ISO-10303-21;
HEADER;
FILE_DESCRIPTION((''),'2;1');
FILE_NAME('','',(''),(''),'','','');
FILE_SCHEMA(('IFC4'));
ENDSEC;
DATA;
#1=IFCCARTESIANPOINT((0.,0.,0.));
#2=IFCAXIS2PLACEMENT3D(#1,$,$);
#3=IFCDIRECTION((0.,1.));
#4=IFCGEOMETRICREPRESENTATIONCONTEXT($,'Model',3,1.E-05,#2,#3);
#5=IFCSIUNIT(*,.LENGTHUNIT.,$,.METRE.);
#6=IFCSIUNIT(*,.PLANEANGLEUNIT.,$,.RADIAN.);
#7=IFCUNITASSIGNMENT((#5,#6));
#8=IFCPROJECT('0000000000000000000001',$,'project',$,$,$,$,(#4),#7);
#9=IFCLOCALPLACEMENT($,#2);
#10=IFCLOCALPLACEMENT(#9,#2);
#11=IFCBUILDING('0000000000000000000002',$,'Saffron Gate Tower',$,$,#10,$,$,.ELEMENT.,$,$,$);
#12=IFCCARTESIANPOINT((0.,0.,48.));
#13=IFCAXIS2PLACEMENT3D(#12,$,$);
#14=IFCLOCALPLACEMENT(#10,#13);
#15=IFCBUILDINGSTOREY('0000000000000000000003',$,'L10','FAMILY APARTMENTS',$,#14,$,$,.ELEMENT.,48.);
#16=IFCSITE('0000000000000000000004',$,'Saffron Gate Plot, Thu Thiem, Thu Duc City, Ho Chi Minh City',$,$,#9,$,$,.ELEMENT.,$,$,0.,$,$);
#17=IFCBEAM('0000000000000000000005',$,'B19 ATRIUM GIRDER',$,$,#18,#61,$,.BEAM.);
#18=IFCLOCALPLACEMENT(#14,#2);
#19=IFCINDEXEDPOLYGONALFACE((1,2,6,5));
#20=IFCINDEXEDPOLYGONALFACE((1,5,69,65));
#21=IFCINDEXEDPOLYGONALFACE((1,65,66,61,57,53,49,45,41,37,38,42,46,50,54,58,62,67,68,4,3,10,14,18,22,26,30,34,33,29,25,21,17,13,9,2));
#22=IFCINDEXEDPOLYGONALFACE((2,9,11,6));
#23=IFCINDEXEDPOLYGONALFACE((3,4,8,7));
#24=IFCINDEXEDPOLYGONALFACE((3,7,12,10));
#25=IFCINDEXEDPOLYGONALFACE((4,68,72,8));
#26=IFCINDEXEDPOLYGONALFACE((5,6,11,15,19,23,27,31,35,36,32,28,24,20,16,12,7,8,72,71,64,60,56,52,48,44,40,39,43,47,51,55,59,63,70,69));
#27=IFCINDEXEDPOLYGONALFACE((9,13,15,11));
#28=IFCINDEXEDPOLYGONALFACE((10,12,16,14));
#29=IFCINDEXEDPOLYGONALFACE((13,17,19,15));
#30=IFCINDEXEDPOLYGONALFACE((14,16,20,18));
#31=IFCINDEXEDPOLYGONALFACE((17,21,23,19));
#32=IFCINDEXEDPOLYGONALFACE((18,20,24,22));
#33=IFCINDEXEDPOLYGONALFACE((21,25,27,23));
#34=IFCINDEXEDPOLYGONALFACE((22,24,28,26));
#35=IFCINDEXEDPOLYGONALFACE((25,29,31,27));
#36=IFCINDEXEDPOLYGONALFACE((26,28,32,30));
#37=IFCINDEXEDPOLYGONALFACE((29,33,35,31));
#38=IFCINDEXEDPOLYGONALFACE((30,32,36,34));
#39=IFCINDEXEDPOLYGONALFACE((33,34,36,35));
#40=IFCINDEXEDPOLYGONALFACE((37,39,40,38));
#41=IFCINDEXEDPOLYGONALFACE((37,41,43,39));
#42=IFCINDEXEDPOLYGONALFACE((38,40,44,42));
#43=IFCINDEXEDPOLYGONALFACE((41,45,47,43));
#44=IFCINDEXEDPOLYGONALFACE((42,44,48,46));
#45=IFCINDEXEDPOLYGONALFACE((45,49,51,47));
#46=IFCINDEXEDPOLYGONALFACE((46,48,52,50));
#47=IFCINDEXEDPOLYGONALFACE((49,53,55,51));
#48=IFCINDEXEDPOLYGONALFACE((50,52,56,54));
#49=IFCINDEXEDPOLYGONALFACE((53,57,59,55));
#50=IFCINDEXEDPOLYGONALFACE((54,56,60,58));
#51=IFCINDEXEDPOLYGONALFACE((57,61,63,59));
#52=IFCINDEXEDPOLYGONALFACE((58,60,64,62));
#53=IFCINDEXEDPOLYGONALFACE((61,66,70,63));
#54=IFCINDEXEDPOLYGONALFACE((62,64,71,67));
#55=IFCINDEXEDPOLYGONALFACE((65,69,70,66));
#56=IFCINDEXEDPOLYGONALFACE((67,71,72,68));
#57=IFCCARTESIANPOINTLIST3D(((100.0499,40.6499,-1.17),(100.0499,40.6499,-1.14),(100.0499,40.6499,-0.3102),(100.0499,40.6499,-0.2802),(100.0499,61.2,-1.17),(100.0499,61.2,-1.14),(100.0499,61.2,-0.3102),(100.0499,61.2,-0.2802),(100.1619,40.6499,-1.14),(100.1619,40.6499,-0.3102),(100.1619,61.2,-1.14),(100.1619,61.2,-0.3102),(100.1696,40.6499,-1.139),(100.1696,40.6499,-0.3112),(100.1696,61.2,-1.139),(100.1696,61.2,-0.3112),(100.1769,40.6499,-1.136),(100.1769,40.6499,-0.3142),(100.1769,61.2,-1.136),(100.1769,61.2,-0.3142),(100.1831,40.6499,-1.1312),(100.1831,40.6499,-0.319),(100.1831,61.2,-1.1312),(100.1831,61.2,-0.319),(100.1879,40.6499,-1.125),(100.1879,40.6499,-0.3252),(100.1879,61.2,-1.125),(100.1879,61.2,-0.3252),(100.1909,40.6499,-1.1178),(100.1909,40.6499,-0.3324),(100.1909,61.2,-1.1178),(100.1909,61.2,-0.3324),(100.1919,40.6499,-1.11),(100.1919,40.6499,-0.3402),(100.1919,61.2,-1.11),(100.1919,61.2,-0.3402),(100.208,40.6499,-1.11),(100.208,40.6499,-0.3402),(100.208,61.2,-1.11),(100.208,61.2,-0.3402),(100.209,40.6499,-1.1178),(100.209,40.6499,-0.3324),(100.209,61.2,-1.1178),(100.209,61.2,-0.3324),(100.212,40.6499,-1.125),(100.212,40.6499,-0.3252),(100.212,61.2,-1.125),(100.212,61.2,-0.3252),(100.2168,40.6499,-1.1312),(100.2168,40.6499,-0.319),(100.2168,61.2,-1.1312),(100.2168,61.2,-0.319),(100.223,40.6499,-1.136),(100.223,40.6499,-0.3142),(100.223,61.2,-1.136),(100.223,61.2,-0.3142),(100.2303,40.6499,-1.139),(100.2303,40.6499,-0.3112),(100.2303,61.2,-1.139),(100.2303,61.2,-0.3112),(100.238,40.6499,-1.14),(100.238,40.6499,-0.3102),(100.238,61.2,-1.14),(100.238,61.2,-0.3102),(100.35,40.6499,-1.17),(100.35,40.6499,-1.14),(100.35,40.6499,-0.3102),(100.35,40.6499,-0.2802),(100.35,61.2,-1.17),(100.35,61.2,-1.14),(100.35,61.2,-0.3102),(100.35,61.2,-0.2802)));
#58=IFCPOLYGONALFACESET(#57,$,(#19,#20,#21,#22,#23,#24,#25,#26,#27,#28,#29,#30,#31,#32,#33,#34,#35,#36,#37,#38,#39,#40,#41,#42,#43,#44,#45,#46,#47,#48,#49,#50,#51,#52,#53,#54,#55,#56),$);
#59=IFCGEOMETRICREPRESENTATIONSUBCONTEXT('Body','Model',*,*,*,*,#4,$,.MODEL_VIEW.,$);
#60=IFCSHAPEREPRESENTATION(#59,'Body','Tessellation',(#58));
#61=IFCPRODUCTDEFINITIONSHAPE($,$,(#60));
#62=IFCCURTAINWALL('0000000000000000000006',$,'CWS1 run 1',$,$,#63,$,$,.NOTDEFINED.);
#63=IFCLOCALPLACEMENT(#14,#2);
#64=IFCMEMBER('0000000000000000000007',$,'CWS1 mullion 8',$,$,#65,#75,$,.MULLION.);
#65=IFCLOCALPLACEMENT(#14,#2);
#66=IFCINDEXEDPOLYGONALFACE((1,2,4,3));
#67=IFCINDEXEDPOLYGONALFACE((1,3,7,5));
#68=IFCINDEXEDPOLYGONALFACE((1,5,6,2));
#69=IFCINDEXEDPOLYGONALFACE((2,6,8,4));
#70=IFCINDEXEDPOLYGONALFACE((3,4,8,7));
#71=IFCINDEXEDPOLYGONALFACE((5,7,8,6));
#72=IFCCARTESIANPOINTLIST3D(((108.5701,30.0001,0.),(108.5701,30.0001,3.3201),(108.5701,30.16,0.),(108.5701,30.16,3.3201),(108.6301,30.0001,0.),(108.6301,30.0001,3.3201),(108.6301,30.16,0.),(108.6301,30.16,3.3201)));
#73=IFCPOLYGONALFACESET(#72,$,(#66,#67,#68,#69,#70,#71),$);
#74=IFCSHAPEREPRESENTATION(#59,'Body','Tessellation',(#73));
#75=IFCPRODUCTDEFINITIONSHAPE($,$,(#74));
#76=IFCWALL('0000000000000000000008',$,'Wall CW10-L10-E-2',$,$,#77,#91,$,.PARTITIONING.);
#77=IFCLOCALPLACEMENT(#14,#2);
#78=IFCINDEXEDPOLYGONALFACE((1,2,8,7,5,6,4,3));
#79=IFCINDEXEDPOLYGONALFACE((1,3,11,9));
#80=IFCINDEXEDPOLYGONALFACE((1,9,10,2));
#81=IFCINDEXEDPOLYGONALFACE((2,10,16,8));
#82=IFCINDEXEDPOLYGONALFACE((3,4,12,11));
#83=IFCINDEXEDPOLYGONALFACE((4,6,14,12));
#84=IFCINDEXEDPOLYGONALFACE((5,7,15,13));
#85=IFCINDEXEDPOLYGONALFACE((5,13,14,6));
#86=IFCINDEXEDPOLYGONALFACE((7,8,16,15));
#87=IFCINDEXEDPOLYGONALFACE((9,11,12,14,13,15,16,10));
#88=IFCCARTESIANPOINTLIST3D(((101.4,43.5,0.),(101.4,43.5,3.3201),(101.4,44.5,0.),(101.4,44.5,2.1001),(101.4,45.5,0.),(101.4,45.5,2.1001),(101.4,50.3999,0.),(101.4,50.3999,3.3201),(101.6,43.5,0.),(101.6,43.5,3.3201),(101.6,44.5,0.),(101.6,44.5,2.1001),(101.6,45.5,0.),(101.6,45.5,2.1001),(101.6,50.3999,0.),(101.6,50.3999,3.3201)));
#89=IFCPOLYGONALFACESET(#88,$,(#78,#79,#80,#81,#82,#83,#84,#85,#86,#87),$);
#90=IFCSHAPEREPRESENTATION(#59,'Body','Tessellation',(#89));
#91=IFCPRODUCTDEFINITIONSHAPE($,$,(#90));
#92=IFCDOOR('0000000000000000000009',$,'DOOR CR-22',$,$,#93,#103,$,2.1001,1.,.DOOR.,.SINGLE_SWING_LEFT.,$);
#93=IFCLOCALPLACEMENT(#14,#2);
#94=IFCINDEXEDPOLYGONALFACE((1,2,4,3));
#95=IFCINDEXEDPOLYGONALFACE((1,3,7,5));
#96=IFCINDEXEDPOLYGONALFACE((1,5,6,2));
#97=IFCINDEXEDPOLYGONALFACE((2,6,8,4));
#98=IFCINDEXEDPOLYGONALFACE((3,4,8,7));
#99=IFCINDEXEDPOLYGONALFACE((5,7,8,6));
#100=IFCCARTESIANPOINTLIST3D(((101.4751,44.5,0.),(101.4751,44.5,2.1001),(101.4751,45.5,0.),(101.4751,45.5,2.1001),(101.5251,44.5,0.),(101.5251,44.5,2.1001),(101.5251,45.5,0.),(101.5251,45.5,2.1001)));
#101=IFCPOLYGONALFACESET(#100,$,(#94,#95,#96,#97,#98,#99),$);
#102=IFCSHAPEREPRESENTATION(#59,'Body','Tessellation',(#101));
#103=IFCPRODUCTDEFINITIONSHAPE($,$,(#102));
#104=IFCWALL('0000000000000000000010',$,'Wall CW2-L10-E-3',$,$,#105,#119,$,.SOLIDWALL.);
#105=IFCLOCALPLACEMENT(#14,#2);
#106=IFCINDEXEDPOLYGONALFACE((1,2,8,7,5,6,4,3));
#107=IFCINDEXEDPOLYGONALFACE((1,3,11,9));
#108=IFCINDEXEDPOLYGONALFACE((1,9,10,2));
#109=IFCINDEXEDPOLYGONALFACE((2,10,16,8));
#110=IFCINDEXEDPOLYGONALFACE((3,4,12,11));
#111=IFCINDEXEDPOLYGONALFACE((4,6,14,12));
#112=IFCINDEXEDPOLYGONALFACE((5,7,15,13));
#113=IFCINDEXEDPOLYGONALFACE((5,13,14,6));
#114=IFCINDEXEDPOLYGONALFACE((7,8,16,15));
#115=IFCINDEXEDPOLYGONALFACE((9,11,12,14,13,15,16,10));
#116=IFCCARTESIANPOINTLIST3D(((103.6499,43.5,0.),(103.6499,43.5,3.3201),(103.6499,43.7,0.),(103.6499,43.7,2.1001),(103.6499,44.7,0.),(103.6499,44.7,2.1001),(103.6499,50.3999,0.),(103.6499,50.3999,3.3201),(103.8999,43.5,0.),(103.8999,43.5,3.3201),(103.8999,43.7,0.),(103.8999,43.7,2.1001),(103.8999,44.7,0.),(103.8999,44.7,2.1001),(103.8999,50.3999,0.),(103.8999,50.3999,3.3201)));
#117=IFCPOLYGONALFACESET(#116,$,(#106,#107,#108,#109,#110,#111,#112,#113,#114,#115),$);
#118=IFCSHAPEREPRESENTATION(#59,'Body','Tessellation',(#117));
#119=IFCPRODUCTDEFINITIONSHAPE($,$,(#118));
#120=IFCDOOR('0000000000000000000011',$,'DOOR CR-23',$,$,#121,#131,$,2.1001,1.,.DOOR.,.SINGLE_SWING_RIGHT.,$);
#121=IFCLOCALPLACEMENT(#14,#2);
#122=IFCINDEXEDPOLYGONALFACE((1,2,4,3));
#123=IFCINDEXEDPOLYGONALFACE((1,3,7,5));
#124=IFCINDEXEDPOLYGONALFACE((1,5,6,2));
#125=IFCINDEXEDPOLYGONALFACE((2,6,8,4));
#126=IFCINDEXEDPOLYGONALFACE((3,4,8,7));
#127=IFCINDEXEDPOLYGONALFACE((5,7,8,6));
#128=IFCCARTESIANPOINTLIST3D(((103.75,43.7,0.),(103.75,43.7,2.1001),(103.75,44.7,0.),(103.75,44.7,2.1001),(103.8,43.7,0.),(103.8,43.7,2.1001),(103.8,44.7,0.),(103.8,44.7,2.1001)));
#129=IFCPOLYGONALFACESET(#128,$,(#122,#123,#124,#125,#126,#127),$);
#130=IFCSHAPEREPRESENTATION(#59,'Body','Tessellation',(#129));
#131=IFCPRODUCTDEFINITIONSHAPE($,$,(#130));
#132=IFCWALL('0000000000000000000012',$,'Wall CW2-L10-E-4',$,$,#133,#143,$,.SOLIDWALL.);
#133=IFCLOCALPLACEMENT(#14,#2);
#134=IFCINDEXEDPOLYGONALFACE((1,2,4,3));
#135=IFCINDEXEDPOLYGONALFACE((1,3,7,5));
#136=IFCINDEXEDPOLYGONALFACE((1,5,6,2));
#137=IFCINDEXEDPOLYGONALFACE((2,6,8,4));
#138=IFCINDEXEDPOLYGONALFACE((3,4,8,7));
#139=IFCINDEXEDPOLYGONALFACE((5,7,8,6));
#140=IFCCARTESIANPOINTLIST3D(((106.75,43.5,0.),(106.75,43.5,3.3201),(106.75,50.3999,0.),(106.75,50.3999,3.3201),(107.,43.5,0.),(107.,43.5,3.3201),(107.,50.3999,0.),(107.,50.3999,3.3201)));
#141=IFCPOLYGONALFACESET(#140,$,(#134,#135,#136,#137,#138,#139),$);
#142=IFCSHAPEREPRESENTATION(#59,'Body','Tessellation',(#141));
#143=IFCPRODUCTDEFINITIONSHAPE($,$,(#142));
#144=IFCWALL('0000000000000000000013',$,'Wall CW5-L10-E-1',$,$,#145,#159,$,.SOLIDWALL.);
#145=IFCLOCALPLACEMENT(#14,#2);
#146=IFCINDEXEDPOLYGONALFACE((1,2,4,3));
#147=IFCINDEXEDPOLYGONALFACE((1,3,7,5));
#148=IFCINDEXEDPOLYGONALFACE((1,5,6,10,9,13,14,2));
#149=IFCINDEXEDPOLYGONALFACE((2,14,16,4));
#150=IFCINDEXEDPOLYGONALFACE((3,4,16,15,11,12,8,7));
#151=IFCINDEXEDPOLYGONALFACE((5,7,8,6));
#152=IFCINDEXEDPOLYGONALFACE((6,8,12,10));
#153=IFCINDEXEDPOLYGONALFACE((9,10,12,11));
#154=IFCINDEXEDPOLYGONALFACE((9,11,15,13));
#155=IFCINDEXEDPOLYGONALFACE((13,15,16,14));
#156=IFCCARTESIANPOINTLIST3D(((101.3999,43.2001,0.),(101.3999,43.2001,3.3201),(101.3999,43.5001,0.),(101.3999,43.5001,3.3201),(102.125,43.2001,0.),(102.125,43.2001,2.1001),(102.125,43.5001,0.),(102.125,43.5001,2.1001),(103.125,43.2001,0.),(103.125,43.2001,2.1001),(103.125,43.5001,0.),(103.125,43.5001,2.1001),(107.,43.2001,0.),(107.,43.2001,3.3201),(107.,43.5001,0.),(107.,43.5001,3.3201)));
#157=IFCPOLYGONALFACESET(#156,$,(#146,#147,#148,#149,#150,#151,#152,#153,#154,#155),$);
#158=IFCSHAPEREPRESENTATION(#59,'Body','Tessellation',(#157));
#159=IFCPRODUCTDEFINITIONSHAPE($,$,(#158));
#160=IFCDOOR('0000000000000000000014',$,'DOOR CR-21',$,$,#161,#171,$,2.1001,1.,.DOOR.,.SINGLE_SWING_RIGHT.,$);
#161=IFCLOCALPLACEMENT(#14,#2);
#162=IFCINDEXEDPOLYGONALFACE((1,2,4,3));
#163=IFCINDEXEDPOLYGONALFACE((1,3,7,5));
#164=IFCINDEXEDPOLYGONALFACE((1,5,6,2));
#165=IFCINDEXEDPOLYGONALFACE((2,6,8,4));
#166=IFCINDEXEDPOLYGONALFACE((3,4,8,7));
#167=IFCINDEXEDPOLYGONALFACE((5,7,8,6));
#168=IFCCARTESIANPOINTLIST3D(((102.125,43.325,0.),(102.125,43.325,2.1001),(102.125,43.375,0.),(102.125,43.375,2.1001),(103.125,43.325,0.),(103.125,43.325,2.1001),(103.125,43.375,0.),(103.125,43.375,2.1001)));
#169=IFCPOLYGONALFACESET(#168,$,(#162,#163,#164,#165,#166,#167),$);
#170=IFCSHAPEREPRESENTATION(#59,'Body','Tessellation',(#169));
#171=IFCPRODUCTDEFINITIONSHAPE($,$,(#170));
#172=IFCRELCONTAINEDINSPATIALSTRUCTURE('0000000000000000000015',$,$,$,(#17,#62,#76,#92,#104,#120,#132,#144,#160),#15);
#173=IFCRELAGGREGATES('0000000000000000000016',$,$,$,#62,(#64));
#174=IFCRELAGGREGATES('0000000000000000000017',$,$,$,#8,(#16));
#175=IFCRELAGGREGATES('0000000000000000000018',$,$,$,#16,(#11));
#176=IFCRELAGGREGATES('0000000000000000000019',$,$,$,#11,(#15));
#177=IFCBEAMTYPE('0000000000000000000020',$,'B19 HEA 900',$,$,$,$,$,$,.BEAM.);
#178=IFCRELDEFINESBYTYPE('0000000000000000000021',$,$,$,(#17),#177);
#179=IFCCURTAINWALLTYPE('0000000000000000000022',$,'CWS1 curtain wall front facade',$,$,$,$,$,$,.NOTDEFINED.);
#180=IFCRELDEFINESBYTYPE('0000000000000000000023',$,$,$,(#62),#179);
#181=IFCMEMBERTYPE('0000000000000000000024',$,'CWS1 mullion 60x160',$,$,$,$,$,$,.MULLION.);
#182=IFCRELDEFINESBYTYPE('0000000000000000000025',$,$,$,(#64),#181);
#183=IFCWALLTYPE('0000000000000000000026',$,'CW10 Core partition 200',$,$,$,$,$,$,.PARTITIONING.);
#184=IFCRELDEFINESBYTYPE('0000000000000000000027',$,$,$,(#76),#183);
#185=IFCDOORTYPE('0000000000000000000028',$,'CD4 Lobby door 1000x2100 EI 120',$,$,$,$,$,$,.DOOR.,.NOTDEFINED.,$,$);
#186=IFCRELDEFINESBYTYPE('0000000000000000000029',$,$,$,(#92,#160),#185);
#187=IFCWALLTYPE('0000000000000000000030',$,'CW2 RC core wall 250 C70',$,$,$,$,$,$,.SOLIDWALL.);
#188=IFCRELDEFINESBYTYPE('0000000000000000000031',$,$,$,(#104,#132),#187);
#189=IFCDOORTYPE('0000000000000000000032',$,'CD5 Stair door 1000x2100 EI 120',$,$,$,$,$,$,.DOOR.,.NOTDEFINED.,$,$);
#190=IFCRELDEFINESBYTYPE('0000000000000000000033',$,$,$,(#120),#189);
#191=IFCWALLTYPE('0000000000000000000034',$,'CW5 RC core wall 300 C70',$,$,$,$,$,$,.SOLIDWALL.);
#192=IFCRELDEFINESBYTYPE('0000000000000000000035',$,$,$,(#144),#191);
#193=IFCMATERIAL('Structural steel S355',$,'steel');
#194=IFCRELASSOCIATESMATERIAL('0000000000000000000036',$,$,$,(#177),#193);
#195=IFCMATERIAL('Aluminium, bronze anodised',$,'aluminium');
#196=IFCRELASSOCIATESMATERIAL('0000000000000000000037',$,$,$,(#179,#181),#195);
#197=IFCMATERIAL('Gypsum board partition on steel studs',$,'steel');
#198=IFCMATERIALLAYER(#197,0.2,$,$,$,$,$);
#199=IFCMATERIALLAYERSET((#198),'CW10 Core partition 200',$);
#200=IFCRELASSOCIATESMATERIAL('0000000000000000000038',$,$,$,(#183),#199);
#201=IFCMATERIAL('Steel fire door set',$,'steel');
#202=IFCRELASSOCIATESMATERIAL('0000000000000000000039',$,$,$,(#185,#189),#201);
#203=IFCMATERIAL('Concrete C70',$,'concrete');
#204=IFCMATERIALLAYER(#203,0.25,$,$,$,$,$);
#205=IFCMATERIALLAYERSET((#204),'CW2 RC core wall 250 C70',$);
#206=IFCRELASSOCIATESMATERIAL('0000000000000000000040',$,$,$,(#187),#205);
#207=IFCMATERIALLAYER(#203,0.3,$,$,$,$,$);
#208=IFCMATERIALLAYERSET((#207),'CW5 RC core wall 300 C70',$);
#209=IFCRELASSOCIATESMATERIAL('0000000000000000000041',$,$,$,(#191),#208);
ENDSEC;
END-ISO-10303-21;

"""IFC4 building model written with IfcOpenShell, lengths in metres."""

from ifc_helpers import new_model, si_unit, direction, frame, frame_2d, origin, origin_2d, place, context, subcontext, project, spatial, rectangle, i_section, extrude, material, layer, layer_set, material_profile, profile_set, type_object, element, fill, aggregate, save


model = new_model("IFC4")

# Units and contexts
model_context = context("Model", 3, precision=1e-05, world=origin(), true_north=direction((0.0, 1.0)))
body_context = subcontext(model_context, "Body", "Model", "MODEL_VIEW")
ifc_project = project(units=[si_unit("LENGTHUNIT", "METRE"), si_unit("PLANEANGLEUNIT", "RADIAN")], contexts=[model_context])

# Site, building, storey
site_placement = place(None, origin())
site = spatial("IfcSite", under=ifc_project, at=site_placement, Name="Saffron Gate Plot, Thu Thiem, Thu Duc City, Ho Chi Minh City", CompositionType="ELEMENT", RefElevation=0.0)
building_placement = place(site_placement, origin())
building = spatial("IfcBuilding", under=site, at=building_placement, Name="Saffron Gate Tower", CompositionType="ELEMENT")
storey_placement = place(building_placement, frame((0.0, 0.0, 48.0)))
storey = spatial("IfcBuildingStorey", under=building, at=storey_placement, Name="L10", Description="FAMILY APARTMENTS", CompositionType="ELEMENT", Elevation=48.0)

# Beam
ifc_material_1 = material(Name="Structural steel S355", Category="steel")
ifc_material_profile_1 = material_profile(ifc_material_1, i_section(OverallWidth=0.3, OverallDepth=0.8899, WebThickness=0.0161, FlangeThickness=0.03, FilletRadius=0.03, at=origin_2d()))
ifc_profile_set_1 = profile_set([ifc_material_profile_1], Name="Structural steel S355")
beam_type_1 = type_object("IfcBeamType", Name="B19 HEA 900", PredefinedType="BEAM", material=ifc_profile_set_1)
beam_1_placement = place(storey_placement, frame((100.2, 40.6499, -0.7251), z_axis=(0.0, 1.0, 0.0), x_axis=(-1.0, 0.0, 0.0)))
element("IfcBeam", 1, at=beam_1_placement, inside=storey, type_object=beam_type_1, Name="B19 ATRIUM GIRDER", PredefinedType="BEAM", context=body_context, shape_type="SweptSolid", body=[
    extrude(i_section(OverallWidth=0.3, OverallDepth=0.8899, WebThickness=0.0161, FlangeThickness=0.03, FilletRadius=0.03, at=origin_2d()), origin(), (0.0, 0.0, 1.0), 20.55),
])

# Curtain wall, member
ifc_material_2 = material(Name="Aluminium, bronze anodised", Category="aluminium")
curtain_wall_type = type_object("IfcCurtainWallType", Name="CWS1 curtain wall front facade", PredefinedType="NOTDEFINED", material=ifc_material_2)
curtain_wall_placement = place(storey_placement, origin())
curtain_wall = element("IfcCurtainWall", 2, at=curtain_wall_placement, inside=storey, type_object=curtain_wall_type, Name="CWS1 run 1", PredefinedType="NOTDEFINED")
ifc_material_profile_2 = material_profile(ifc_material_2, rectangle(XDim=0.1599, YDim=0.0601, at=origin_2d()))
ifc_profile_set_2 = profile_set([ifc_material_profile_2], Name="Aluminium, bronze anodised")
member_type = type_object("IfcMemberType", Name="CWS1 mullion 60x160", PredefinedType="MULLION", material=ifc_profile_set_2)
member_placement = place(storey_placement, frame((108.6001, 30.0801, 0.0), z_axis=(0.0, 0.0, 1.0), x_axis=(0.0, 1.0, 0.0)))
member = element("IfcMember", 3, at=member_placement, type_object=member_type, Name="CWS1 mullion 8", PredefinedType="MULLION", context=body_context, shape_type="SweptSolid", body=[
    extrude(rectangle(XDim=0.1599, YDim=0.0601, at=origin_2d()), origin(), (0.0, 0.0, 1.0), 3.3201),
])
aggregate(curtain_wall, [member])

# Walls, openings, doors
ifc_material_3 = material(Name="Gypsum board partition on steel studs", Category="steel")
ifc_layer_1 = layer(ifc_material_3, 0.2)
ifc_layer_set_1 = layer_set([ifc_layer_1], Name="CW10 Core partition 200")
wall_type_1 = type_object("IfcWallType", Name="CW10 Core partition 200", PredefinedType="PARTITIONING", material=ifc_layer_set_1)
wall_1_placement = place(storey_placement, frame((101.5, 43.5, 0.0), z_axis=(0.0, 0.0, 1.0), x_axis=(0.0, 1.0, 0.0)))
wall_1 = element("IfcWall", 4, at=wall_1_placement, inside=storey, type_object=wall_type_1, Name="Wall CW10-L10-E-2", PredefinedType="PARTITIONING", context=body_context, shape_type="SweptSolid", body=[
    extrude(rectangle(XDim=6.8999, YDim=0.2, at=frame_2d((3.45, 0.0))), origin(), (0.0, 0.0, 1.0), 3.3201),
])
opening_1_placement = place(wall_1_placement, frame((1.0, 0.0, 0.0)))
opening_1 = element("IfcOpeningElement", 5, at=opening_1_placement, cuts=wall_1, PredefinedType="OPENING", context=body_context, shape_type="SweptSolid", body=[
    extrude(rectangle(XDim=1.0, YDim=2.1001, at=frame_2d((0.5, 1.05))), frame((0.0, 0.1099, 0.0), z_axis=(0.0, -1.0, 0.0), x_axis=(1.0, 0.0, 0.0)), (0.0, 0.0, 1.0), 0.22),
])
ifc_material_4 = material(Name="Steel fire door set", Category="steel")
door_type_1 = type_object("IfcDoorType", Name="CD4 Lobby door 1000x2100 EI 120", OperationType="NOTDEFINED", PredefinedType="DOOR", material=ifc_material_4)
door_1_placement = place(opening_1_placement, origin())
door_1 = element("IfcDoor", 6, at=door_1_placement, inside=storey, type_object=door_type_1, Name="DOOR CR-22", OperationType="SINGLE_SWING_LEFT", OverallHeight=2.1001, OverallWidth=1.0, PredefinedType="DOOR", context=body_context, shape_type="SweptSolid", body=[
    extrude(rectangle(XDim=1.0, YDim=2.1001, at=frame_2d((0.5, 1.05))), frame((0.0, 0.0249, 0.0), z_axis=(0.0, -1.0, 0.0), x_axis=(1.0, 0.0, 0.0)), (0.0, 0.0, 1.0), 0.05),
])
fill(opening_1, door_1)
ifc_material_5 = material(Name="Concrete C70", Category="concrete")
ifc_layer_2 = layer(ifc_material_5, 0.25)
ifc_layer_set_2 = layer_set([ifc_layer_2], Name="CW2 RC core wall 250 C70")
wall_type_2 = type_object("IfcWallType", Name="CW2 RC core wall 250 C70", PredefinedType="SOLIDWALL", material=ifc_layer_set_2)
wall_2_placement = place(storey_placement, frame((103.7749, 43.5, 0.0), z_axis=(0.0, 0.0, 1.0), x_axis=(0.0, 1.0, 0.0)))
wall_2 = element("IfcWall", 7, at=wall_2_placement, inside=storey, type_object=wall_type_2, Name="Wall CW2-L10-E-3", PredefinedType="SOLIDWALL", context=body_context, shape_type="SweptSolid", body=[
    extrude(rectangle(XDim=6.8999, YDim=0.25, at=frame_2d((3.45, 0.0))), origin(), (0.0, 0.0, 1.0), 3.3201),
])
opening_2_placement = place(wall_2_placement, frame((0.2, 0.0, 0.0)))
opening_2 = element("IfcOpeningElement", 8, at=opening_2_placement, cuts=wall_2, PredefinedType="OPENING", context=body_context, shape_type="SweptSolid", body=[
    extrude(rectangle(XDim=1.0, YDim=2.1001, at=frame_2d((0.5, 1.05))), frame((0.0, 0.135, 0.0), z_axis=(0.0, -1.0, 0.0), x_axis=(1.0, 0.0, 0.0)), (0.0, 0.0, 1.0), 0.27),
])
door_type_2 = type_object("IfcDoorType", Name="CD5 Stair door 1000x2100 EI 120", OperationType="NOTDEFINED", PredefinedType="DOOR", material=ifc_material_4)
door_2_placement = place(opening_2_placement, origin())
door_2 = element("IfcDoor", 9, at=door_2_placement, inside=storey, type_object=door_type_2, Name="DOOR CR-23", OperationType="SINGLE_SWING_RIGHT", OverallHeight=2.1001, OverallWidth=1.0, PredefinedType="DOOR", context=body_context, shape_type="SweptSolid", body=[
    extrude(rectangle(XDim=1.0, YDim=2.1001, at=frame_2d((0.5, 1.05))), frame((0.0, 0.0249, 0.0), z_axis=(0.0, -1.0, 0.0), x_axis=(1.0, 0.0, 0.0)), (0.0, 0.0, 1.0), 0.05),
])
fill(opening_2, door_2)

# Wall
wall_3_placement = place(storey_placement, frame((106.875, 43.5, 0.0), z_axis=(0.0, 0.0, 1.0), x_axis=(0.0, 1.0, 0.0)))
element("IfcWall", 10, at=wall_3_placement, inside=storey, type_object=wall_type_2, Name="Wall CW2-L10-E-4", PredefinedType="SOLIDWALL", context=body_context, shape_type="SweptSolid", body=[
    extrude(rectangle(XDim=6.8999, YDim=0.25, at=frame_2d((3.45, 0.0))), origin(), (0.0, 0.0, 1.0), 3.3201),
])

# Wall, opening, door
ifc_layer_3 = layer(ifc_material_5, 0.3)
ifc_layer_set_3 = layer_set([ifc_layer_3], Name="CW5 RC core wall 300 C70")
wall_type_3 = type_object("IfcWallType", Name="CW5 RC core wall 300 C70", PredefinedType="SOLIDWALL", material=ifc_layer_set_3)
wall_4_placement = place(storey_placement, frame((101.3999, 43.3501, 0.0), z_axis=(0.0, 0.0, 1.0), x_axis=(1.0, 0.0, 0.0)))
wall_4 = element("IfcWall", 11, at=wall_4_placement, inside=storey, type_object=wall_type_3, Name="Wall CW5-L10-E-1", PredefinedType="SOLIDWALL", context=body_context, shape_type="SweptSolid", body=[
    extrude(rectangle(XDim=5.6001, YDim=0.3, at=frame_2d((2.8, 0.0))), origin(), (0.0, 0.0, 1.0), 3.3201),
])
opening_3_placement = place(wall_4_placement, frame((0.7251, 0.0, 0.0)))
opening_3 = element("IfcOpeningElement", 12, at=opening_3_placement, cuts=wall_4, PredefinedType="OPENING", context=body_context, shape_type="SweptSolid", body=[
    extrude(rectangle(XDim=1.0, YDim=2.1001, at=frame_2d((0.5, 1.05))), frame((0.0, 0.1602, 0.0), z_axis=(0.0, -1.0, 0.0), x_axis=(1.0, 0.0, 0.0)), (0.0, 0.0, 1.0), 0.3201),
])
door_3_placement = place(opening_3_placement, origin())
door_3 = element("IfcDoor", 13, at=door_3_placement, inside=storey, type_object=door_type_1, Name="DOOR CR-21", OperationType="SINGLE_SWING_RIGHT", OverallHeight=2.1001, OverallWidth=1.0, PredefinedType="DOOR", context=body_context, shape_type="SweptSolid", body=[
    extrude(rectangle(XDim=1.0, YDim=2.1001, at=frame_2d((0.5, 1.05))), frame((0.0, 0.0249, 0.0), z_axis=(0.0, -1.0, 0.0), x_axis=(1.0, 0.0, 0.0)), (0.0, 0.0, 1.0), 0.05),
])
fill(opening_3, door_3)

save(model, "model.ifc")
